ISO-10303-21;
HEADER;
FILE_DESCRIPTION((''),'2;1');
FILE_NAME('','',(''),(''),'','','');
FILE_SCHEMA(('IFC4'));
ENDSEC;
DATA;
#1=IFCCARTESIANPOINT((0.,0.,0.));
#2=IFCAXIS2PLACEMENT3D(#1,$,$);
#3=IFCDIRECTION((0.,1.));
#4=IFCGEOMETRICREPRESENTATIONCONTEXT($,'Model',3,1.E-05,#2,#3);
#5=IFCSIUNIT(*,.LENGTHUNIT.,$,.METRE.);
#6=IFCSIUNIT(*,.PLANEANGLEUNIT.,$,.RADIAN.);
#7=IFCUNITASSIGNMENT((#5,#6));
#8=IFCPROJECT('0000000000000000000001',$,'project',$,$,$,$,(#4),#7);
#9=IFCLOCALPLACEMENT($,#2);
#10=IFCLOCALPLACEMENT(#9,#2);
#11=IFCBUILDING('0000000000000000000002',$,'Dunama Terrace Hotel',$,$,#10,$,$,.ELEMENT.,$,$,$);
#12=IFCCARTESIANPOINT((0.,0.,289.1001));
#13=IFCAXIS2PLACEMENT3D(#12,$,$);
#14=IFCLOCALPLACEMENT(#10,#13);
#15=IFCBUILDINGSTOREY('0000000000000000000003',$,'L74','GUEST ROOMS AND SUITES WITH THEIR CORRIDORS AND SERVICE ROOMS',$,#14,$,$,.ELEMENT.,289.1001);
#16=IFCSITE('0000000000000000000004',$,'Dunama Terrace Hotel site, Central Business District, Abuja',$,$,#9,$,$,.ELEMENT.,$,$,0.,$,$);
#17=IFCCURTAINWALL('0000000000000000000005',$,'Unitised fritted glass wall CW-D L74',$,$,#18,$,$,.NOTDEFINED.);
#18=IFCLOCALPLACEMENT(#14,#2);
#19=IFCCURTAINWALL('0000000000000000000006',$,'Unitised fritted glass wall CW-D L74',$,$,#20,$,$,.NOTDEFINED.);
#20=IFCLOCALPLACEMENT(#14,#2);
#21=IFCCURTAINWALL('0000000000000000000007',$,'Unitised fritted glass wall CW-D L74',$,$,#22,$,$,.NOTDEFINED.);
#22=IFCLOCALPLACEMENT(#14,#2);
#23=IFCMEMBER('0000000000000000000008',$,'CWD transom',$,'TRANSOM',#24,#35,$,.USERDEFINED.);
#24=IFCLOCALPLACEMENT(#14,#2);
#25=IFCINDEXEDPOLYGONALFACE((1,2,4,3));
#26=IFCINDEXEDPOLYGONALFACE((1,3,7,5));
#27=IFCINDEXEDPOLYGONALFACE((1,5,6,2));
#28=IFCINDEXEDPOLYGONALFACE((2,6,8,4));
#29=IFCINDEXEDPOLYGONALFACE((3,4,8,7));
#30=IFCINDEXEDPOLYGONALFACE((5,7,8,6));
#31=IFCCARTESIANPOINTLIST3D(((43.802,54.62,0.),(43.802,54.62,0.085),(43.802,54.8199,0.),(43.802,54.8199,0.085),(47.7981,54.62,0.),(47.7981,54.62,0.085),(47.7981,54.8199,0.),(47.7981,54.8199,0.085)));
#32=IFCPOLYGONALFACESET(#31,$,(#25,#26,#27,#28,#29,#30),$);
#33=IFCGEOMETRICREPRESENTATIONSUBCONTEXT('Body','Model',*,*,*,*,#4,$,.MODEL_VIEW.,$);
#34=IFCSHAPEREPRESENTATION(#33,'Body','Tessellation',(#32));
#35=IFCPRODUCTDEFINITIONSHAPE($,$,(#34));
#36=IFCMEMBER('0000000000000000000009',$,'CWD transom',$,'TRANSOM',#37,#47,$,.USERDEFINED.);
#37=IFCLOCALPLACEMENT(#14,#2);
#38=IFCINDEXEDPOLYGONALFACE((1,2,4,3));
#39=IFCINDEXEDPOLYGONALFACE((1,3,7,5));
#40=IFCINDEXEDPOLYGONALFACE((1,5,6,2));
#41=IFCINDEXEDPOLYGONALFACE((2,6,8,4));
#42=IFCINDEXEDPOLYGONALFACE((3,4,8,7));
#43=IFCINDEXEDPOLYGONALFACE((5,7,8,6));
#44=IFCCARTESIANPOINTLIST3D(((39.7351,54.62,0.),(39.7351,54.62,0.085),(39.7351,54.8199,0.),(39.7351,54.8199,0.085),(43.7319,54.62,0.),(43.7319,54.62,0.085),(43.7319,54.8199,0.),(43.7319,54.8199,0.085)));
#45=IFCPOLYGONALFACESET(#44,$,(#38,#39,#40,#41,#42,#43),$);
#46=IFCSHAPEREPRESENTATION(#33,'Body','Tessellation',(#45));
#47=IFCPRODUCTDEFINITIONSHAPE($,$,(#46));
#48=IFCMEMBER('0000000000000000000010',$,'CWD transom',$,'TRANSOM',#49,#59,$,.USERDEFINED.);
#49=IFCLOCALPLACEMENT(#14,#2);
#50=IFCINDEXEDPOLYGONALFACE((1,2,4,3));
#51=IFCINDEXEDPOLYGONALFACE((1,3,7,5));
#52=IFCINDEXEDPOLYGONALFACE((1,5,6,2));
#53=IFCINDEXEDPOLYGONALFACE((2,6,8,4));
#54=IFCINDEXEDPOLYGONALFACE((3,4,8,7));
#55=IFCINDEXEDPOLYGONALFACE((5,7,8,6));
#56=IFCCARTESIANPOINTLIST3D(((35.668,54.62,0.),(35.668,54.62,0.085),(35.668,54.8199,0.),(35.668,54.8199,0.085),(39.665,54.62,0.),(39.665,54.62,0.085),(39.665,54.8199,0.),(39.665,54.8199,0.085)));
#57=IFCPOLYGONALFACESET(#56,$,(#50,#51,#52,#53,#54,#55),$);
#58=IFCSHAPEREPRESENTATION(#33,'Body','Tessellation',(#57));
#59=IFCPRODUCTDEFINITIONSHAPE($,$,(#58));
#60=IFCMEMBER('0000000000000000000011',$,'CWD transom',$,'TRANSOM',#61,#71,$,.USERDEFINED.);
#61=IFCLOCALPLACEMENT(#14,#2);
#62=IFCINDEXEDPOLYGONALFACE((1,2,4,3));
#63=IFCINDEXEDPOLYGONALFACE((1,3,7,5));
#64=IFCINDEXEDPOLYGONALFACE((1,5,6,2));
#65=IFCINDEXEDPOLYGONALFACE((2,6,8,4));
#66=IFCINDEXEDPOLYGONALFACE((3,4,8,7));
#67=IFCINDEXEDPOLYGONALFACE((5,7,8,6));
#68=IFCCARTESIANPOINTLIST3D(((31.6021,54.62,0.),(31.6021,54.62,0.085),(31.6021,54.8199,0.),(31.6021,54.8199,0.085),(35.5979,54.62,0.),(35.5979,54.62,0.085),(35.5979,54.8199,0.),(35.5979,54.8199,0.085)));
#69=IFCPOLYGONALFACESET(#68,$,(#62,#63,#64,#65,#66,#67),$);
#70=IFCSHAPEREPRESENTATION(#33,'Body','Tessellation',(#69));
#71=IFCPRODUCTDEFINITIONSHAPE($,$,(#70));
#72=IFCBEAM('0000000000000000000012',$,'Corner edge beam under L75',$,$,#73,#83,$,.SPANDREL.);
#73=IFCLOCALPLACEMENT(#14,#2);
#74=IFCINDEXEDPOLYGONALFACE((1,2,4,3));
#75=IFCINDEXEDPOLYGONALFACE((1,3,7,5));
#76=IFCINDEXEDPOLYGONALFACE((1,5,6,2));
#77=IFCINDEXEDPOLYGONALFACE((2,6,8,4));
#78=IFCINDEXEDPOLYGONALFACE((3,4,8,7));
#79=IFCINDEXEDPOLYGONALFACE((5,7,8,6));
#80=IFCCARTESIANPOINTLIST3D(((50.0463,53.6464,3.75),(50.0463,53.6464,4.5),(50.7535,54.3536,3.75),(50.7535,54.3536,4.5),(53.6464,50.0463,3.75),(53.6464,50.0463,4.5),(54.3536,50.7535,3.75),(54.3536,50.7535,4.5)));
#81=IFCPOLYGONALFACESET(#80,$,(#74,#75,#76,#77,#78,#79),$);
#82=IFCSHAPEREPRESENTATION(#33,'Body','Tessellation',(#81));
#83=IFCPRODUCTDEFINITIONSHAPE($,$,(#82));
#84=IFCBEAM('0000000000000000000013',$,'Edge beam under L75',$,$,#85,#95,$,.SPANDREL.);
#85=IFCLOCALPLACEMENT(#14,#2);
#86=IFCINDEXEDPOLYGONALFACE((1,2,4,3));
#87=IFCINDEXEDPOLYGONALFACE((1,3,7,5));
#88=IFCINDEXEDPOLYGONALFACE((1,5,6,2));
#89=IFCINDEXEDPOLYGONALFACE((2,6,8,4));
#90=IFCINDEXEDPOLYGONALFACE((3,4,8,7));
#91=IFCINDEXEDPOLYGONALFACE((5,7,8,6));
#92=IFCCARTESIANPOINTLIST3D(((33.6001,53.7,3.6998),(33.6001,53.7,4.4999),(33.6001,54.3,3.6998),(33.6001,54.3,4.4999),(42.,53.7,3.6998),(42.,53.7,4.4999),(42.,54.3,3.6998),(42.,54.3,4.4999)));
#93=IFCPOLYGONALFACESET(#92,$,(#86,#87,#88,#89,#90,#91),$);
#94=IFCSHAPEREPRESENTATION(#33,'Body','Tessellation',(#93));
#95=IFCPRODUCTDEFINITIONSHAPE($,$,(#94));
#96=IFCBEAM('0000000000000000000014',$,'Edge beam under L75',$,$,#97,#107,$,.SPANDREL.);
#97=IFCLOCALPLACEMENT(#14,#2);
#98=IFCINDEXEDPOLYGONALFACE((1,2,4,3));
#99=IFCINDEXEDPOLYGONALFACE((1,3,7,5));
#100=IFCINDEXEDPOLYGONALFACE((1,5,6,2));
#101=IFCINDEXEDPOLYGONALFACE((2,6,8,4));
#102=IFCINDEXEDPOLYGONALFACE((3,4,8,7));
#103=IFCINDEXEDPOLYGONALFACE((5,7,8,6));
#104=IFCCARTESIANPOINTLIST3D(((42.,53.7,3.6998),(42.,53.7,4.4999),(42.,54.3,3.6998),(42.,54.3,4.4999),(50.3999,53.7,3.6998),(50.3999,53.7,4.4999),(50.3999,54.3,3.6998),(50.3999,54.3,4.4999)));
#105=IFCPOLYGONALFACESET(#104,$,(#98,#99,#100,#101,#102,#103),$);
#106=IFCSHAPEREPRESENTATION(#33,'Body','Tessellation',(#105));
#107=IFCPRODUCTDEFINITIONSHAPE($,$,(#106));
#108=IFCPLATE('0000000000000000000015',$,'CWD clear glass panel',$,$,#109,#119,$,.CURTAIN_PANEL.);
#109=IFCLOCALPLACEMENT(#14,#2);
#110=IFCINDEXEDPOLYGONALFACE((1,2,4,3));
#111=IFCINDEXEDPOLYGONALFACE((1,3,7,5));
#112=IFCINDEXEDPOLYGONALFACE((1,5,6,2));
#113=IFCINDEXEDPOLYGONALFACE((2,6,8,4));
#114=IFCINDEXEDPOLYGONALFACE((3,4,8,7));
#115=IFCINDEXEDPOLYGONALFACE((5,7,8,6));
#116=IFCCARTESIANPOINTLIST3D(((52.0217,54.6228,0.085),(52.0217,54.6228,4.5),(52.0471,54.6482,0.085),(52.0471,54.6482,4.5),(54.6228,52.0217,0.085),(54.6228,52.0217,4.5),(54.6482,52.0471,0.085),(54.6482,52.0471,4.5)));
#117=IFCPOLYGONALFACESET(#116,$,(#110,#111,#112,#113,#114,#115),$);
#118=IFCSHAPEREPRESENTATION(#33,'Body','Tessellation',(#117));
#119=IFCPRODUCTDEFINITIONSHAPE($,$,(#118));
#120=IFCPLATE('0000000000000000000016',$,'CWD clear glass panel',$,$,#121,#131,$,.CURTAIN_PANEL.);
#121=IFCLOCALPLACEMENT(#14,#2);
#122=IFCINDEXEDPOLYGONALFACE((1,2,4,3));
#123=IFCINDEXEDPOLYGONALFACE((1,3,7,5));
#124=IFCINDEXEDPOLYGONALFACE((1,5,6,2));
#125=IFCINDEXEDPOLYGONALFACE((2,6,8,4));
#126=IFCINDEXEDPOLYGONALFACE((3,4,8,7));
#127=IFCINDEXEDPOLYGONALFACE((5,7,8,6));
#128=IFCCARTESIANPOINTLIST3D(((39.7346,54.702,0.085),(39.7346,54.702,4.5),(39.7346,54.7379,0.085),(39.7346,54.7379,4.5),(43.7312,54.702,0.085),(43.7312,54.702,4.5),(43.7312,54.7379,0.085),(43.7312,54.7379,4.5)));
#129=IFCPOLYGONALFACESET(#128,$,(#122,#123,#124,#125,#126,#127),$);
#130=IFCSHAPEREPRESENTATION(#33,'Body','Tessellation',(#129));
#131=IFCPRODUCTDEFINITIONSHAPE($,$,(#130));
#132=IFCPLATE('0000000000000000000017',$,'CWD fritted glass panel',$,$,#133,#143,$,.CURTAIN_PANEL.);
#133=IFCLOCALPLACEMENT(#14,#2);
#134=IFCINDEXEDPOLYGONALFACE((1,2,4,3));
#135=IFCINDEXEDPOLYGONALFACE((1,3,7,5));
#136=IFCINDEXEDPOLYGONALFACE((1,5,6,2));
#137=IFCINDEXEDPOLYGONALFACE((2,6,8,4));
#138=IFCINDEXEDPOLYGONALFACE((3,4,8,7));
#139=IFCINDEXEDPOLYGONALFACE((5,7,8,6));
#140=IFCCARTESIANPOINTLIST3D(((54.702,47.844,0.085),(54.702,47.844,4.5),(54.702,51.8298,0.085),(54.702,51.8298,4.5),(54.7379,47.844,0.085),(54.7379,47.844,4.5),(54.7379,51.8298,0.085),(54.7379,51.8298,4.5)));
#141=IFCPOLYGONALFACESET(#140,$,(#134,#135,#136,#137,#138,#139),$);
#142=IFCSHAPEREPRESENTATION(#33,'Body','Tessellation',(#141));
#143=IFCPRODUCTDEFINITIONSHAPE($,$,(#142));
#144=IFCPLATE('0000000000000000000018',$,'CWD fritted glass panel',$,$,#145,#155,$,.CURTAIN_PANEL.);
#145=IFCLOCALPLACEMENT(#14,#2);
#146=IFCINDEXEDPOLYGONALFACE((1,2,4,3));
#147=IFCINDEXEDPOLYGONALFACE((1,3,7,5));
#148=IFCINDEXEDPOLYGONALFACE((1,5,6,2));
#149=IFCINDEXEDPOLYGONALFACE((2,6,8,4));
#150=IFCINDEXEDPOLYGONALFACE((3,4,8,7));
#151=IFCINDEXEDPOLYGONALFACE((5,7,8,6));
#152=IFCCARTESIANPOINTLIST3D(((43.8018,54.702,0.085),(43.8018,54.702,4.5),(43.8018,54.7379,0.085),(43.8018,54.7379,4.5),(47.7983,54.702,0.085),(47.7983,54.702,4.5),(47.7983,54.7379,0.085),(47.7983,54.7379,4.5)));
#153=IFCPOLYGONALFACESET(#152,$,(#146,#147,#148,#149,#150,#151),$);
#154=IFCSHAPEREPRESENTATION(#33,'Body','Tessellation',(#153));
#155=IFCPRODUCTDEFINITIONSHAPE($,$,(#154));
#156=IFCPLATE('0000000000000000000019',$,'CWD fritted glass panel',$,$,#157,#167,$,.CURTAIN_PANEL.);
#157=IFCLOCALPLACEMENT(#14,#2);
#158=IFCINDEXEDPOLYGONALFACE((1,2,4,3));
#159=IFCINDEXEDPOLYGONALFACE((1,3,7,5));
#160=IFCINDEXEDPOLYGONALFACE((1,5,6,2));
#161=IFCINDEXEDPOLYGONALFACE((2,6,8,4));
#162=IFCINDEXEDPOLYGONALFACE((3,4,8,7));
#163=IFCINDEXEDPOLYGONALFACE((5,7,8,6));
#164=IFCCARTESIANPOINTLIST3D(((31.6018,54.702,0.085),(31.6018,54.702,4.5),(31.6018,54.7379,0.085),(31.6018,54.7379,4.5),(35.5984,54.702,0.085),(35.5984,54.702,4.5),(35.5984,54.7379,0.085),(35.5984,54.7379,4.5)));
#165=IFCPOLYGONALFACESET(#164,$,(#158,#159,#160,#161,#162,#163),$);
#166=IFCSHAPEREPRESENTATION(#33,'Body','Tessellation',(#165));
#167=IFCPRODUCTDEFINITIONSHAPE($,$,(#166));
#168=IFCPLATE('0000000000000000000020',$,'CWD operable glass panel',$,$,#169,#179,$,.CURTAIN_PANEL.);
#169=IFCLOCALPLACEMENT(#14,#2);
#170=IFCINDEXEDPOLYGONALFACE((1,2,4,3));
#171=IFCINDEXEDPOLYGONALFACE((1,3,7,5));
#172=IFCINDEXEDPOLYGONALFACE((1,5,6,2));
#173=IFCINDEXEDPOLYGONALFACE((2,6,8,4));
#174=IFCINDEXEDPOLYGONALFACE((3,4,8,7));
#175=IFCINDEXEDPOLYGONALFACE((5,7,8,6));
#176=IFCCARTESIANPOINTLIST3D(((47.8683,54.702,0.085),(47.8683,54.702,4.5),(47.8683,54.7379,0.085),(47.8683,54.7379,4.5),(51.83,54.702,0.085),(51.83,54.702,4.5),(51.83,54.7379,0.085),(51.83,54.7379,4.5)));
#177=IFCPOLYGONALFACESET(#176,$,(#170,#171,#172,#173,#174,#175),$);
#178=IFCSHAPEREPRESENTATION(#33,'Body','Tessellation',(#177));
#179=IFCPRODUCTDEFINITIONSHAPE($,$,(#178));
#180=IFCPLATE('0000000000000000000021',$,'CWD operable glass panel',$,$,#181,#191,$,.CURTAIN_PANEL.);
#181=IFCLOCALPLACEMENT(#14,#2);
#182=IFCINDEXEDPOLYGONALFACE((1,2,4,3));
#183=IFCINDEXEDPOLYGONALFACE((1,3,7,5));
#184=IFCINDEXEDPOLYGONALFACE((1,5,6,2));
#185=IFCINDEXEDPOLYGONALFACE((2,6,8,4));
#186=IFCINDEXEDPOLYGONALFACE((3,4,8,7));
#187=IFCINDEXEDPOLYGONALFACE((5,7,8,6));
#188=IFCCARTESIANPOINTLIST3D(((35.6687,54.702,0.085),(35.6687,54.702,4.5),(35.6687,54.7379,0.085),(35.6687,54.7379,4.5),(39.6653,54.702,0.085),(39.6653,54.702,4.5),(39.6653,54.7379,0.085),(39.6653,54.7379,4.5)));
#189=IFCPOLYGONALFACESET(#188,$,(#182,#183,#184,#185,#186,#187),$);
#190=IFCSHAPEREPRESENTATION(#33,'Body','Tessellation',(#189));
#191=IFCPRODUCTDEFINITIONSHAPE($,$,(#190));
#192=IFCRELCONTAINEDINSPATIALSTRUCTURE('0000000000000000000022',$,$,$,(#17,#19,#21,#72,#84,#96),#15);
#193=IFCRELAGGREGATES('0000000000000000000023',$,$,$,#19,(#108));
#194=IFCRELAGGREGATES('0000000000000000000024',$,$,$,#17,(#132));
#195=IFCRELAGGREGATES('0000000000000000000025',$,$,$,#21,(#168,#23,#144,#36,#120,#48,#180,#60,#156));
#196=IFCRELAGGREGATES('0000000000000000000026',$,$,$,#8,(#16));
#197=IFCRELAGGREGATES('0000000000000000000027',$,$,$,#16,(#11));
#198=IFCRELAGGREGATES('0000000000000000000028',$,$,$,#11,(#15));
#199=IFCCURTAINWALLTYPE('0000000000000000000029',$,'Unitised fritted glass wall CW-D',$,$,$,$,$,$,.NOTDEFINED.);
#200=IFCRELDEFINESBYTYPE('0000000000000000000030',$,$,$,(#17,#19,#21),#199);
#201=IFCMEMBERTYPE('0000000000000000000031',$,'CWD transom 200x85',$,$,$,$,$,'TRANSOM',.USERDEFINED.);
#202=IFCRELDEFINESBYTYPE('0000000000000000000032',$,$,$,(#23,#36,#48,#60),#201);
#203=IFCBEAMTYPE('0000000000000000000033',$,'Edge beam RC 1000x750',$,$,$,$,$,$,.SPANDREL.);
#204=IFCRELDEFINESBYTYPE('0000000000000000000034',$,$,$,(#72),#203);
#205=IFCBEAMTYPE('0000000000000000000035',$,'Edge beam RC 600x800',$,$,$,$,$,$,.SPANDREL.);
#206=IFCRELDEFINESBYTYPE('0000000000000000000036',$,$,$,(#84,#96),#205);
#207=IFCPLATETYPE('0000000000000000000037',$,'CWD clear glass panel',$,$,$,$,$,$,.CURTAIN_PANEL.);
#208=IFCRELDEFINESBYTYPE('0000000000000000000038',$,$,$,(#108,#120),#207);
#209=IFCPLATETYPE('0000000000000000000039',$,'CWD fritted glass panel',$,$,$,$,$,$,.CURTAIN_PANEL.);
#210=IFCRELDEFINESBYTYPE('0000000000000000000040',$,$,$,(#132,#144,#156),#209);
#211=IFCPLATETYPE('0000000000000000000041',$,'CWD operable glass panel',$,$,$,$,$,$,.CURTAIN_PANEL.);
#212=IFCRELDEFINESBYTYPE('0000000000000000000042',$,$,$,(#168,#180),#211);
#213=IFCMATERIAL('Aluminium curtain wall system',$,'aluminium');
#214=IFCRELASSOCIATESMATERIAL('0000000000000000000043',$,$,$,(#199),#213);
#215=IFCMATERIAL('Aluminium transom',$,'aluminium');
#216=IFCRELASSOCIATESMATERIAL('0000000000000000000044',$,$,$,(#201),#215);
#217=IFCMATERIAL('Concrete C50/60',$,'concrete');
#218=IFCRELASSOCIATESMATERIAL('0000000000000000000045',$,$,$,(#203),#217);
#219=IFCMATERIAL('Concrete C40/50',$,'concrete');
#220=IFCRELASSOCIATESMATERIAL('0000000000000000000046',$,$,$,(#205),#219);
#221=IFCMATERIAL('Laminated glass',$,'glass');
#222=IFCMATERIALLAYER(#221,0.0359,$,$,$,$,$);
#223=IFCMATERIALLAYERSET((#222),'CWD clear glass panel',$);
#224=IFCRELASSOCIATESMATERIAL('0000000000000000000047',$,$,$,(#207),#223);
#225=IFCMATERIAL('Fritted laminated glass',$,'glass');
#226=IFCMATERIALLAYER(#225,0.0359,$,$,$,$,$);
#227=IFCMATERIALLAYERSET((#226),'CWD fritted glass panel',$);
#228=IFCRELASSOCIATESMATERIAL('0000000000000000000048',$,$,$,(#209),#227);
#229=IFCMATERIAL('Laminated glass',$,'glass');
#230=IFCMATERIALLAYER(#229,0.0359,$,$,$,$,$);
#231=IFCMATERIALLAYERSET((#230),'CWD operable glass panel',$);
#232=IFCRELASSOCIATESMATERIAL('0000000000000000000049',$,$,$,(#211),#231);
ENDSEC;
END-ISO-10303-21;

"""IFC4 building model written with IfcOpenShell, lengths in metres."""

from ifc_helpers import new_model, si_unit, direction, frame, origin, origin_2d, place, context, subcontext, project, spatial, rectangle, extrude, material, layer, layer_set, material_profile, profile_set, type_object, element, aggregate, save


model = new_model("IFC4")

# Units and contexts
model_context = context("Model", 3, precision=1e-05, world=origin(), true_north=direction((0.0, 1.0)))
body_context = subcontext(model_context, "Body", "Model", "MODEL_VIEW")
ifc_project = project(units=[si_unit("LENGTHUNIT", "METRE"), si_unit("PLANEANGLEUNIT", "RADIAN")], contexts=[model_context])

# Site, building, storey
site_placement = place(None, origin())
site = spatial("IfcSite", under=ifc_project, at=site_placement, Name="Dunama Terrace Hotel site, Central Business District, Abuja", CompositionType="ELEMENT", RefElevation=0.0)
building_placement = place(site_placement, origin())
building = spatial("IfcBuilding", under=site, at=building_placement, Name="Dunama Terrace Hotel", CompositionType="ELEMENT")
storey_placement = place(building_placement, frame((0.0, 0.0, 289.1001)))
storey = spatial("IfcBuildingStorey", under=building, at=storey_placement, Name="L74", Description="GUEST ROOMS AND SUITES WITH THEIR CORRIDORS AND SERVICE ROOMS", CompositionType="ELEMENT", Elevation=289.1001)

# Curtain wall
ifc_material_1 = material(Name="Aluminium curtain wall system", Category="aluminium")
curtain_wall_type = type_object("IfcCurtainWallType", Name="Unitised fritted glass wall CW-D", PredefinedType="NOTDEFINED", material=ifc_material_1)
curtain_wall_1_placement = place(storey_placement, origin())
curtain_wall_1 = element("IfcCurtainWall", 1, at=curtain_wall_1_placement, inside=storey, type_object=curtain_wall_type, Name="Unitised fritted glass wall CW-D L74", PredefinedType="NOTDEFINED")

# Curtain walls
curtain_wall_2_placement = place(storey_placement, origin())
curtain_wall_2 = element("IfcCurtainWall", 2, at=curtain_wall_2_placement, inside=storey, type_object=curtain_wall_type, Name="Unitised fritted glass wall CW-D L74", PredefinedType="NOTDEFINED")
curtain_wall_3_placement = place(storey_placement, origin())
curtain_wall_3 = element("IfcCurtainWall", 3, at=curtain_wall_3_placement, inside=storey, type_object=curtain_wall_type, Name="Unitised fritted glass wall CW-D L74", PredefinedType="NOTDEFINED")

# Members
ifc_material_2 = material(Name="Aluminium transom", Category="aluminium")
ifc_material_profile_1 = material_profile(ifc_material_2, rectangle(XDim=0.2, YDim=0.085, at=origin_2d()), Name="CWD TRANSOM 200X85")
ifc_profile_set_1 = profile_set([ifc_material_profile_1], Name="Aluminium transom")
member_type_1 = type_object("IfcMemberType", Name="CWD transom 200x85", ElementType="TRANSOM", PredefinedType="USERDEFINED", material=ifc_profile_set_1)
member_1_placement = place(storey_placement, frame((47.7981, 54.72, 0.0425), z_axis=(-1.0, 0.0, 0.0), x_axis=(0.0, -1.0, 0.0)))
member_1 = element("IfcMember", 4, at=member_1_placement, type_object=member_type_1, Name="CWD transom", ObjectType="TRANSOM", PredefinedType="USERDEFINED", context=body_context, shape_type="SweptSolid", body=[
    extrude(rectangle(XDim=0.2, YDim=0.085, at=origin_2d()), origin(), (0.0, 0.0, 1.0), 3.9961),
])
member_2_placement = place(storey_placement, frame((43.7319, 54.72, 0.0425), z_axis=(-1.0, 0.0, 0.0), x_axis=(0.0, -1.0, 0.0)))
member_2 = element("IfcMember", 5, at=member_2_placement, type_object=member_type_1, Name="CWD transom", ObjectType="TRANSOM", PredefinedType="USERDEFINED", context=body_context, shape_type="SweptSolid", body=[
    extrude(rectangle(XDim=0.2, YDim=0.085, at=origin_2d()), origin(), (0.0, 0.0, 1.0), 3.9968),
])
member_3_placement = place(storey_placement, frame((39.665, 54.72, 0.0425), z_axis=(-1.0, 0.0, 0.0), x_axis=(0.0, -1.0, 0.0)))
member_3 = element("IfcMember", 6, at=member_3_placement, type_object=member_type_1, Name="CWD transom", ObjectType="TRANSOM", PredefinedType="USERDEFINED", context=body_context, shape_type="SweptSolid", body=[
    extrude(rectangle(XDim=0.2, YDim=0.085, at=origin_2d()), origin(), (0.0, 0.0, 1.0), 3.9971),
])
member_4_placement = place(storey_placement, frame((35.5979, 54.72, 0.0425), z_axis=(-1.0, 0.0, 0.0), x_axis=(0.0, -1.0, 0.0)))
member_4 = element("IfcMember", 7, at=member_4_placement, type_object=member_type_1, Name="CWD transom", ObjectType="TRANSOM", PredefinedType="USERDEFINED", context=body_context, shape_type="SweptSolid", body=[
    extrude(rectangle(XDim=0.2, YDim=0.085, at=origin_2d()), origin(), (0.0, 0.0, 1.0), 3.9958),
])

# Beams
ifc_material_3 = material(Name="Concrete C50/60", Category="concrete")
ifc_material_profile_2 = material_profile(ifc_material_3, rectangle(XDim=1.0, YDim=0.75, at=origin_2d()), Name="RC 1000x750")
ifc_profile_set_2 = profile_set([ifc_material_profile_2], Name="Concrete C50/60")
beam_type_1 = type_object("IfcBeamType", Name="Edge beam RC 1000x750", PredefinedType="SPANDREL", material=ifc_profile_set_2)
beam_placement = place(storey_placement, frame((50.3999, 54.0, 4.125), z_axis=(0.707107, -0.707107, 0.0), x_axis=(0.707107, 0.707107, 0.0)))
element("IfcBeam", 8, at=beam_placement, inside=storey, type_object=beam_type_1, Name="Corner edge beam under L75", PredefinedType="SPANDREL", context=body_context, shape_type="SweptSolid", body=[
    extrude(rectangle(XDim=1.0, YDim=0.75, at=origin_2d()), origin(), (0.0, 0.0, 1.0), 5.0913),
])
ifc_material_4 = material(Name="Concrete C40/50", Category="concrete")
ifc_material_profile_3 = material_profile(ifc_material_4, rectangle(XDim=0.6001, YDim=0.8, at=origin_2d()), Name="RC 600x800")
ifc_profile_set_3 = profile_set([ifc_material_profile_3], Name="Concrete C40/50")
beam_type_2 = type_object("IfcBeamType", Name="Edge beam RC 600x800", PredefinedType="SPANDREL", material=ifc_profile_set_3)
for number, where, z_axis, x_axis, name in (
    (9, (33.6001, 54.0, 4.0999), (1.0, 0.0, 0.0), (0.0, 1.0, 0.0), "Edge beam under L75"),
    (10, (42.0, 54.0, 4.0999), (1.0, 0.0, 0.0), (0.0, 1.0, 0.0), "Edge beam under L75"),
):
    element("IfcBeam", number, at=place(storey_placement, frame(where, z_axis=z_axis, x_axis=x_axis)), inside=storey, type_object=beam_type_2, Name=name, PredefinedType="SPANDREL", context=body_context, shape_type="SweptSolid", body=[
        extrude(rectangle(XDim=0.6001, YDim=0.8, at=origin_2d()), origin(), (0.0, 0.0, 1.0), 8.3999),
    ])

# Plates
ifc_material_5 = material(Name="Laminated glass", Category="glass")
ifc_layer_1 = layer(ifc_material_5, 0.0359)
ifc_layer_set_1 = layer_set([ifc_layer_1], Name="CWD clear glass panel")
plate_type_1 = type_object("IfcPlateType", Name="CWD clear glass panel", PredefinedType="CURTAIN_PANEL", material=ifc_layer_set_1)
plate_1_placement = place(storey_placement, frame((53.335, 53.335, 0.085), z_axis=(0.0, 0.0, 1.0), x_axis=(-0.707107, 0.707107, 0.0)))
plate_1 = element("IfcPlate", 11, at=plate_1_placement, type_object=plate_type_1, Name="CWD clear glass panel", PredefinedType="CURTAIN_PANEL", context=body_context, shape_type="SweptSolid", body=[
    extrude(rectangle(XDim=3.6785, YDim=0.0359, at=origin_2d()), origin(), (0.0, 0.0, 1.0), 4.415),
])
aggregate(curtain_wall_2, [plate_1])
plate_2_placement = place(storey_placement, frame((41.7329, 54.72, 0.085), z_axis=(0.0, 0.0, 1.0), x_axis=(-1.0, 0.0, 0.0)))
plate_2 = element("IfcPlate", 12, at=plate_2_placement, type_object=plate_type_1, Name="CWD clear glass panel", PredefinedType="CURTAIN_PANEL", context=body_context, shape_type="SweptSolid", body=[
    extrude(rectangle(XDim=3.9966, YDim=0.0359, at=origin_2d()), origin(), (0.0, 0.0, 1.0), 4.415),
])
ifc_material_6 = material(Name="Fritted laminated glass", Category="glass")
ifc_layer_2 = layer(ifc_material_6, 0.0359)
ifc_layer_set_2 = layer_set([ifc_layer_2], Name="CWD fritted glass panel")
plate_type_2 = type_object("IfcPlateType", Name="CWD fritted glass panel", PredefinedType="CURTAIN_PANEL", material=ifc_layer_set_2)
plate_3_placement = place(storey_placement, frame((54.72, 49.8369, 0.085), z_axis=(0.0, 0.0, 1.0), x_axis=(0.0, 1.0, 0.0)))
plate_3 = element("IfcPlate", 13, at=plate_3_placement, type_object=plate_type_2, Name="CWD fritted glass panel", PredefinedType="CURTAIN_PANEL", context=body_context, shape_type="SweptSolid", body=[
    extrude(rectangle(XDim=3.9858, YDim=0.0359, at=origin_2d()), origin(), (0.0, 0.0, 1.0), 4.415),
])
aggregate(curtain_wall_1, [plate_3])
plate_4_placement = place(storey_placement, frame((45.8, 54.72, 0.085), z_axis=(0.0, 0.0, 1.0), x_axis=(-1.0, 0.0, 0.0)))
plate_4 = element("IfcPlate", 14, at=plate_4_placement, type_object=plate_type_2, Name="CWD fritted glass panel", PredefinedType="CURTAIN_PANEL", context=body_context, shape_type="SweptSolid", body=[
    extrude(rectangle(XDim=3.9966, YDim=0.0359, at=origin_2d()), origin(), (0.0, 0.0, 1.0), 4.415),
])
plate_5_placement = place(storey_placement, frame((33.6001, 54.72, 0.085), z_axis=(0.0, 0.0, 1.0), x_axis=(-1.0, 0.0, 0.0)))
plate_5 = element("IfcPlate", 15, at=plate_5_placement, type_object=plate_type_2, Name="CWD fritted glass panel", PredefinedType="CURTAIN_PANEL", context=body_context, shape_type="SweptSolid", body=[
    extrude(rectangle(XDim=3.9966, YDim=0.0359, at=origin_2d()), origin(), (0.0, 0.0, 1.0), 4.415),
])
ifc_material_7 = material(Name="Laminated glass", Category="glass")
ifc_layer_3 = layer(ifc_material_7, 0.0359)
ifc_layer_set_3 = layer_set([ifc_layer_3], Name="CWD operable glass panel")
plate_type_3 = type_object("IfcPlateType", Name="CWD operable glass panel", PredefinedType="CURTAIN_PANEL", material=ifc_layer_set_3)
plate_6_placement = place(storey_placement, frame((49.8491, 54.72, 0.085), z_axis=(0.0, 0.0, 1.0), x_axis=(-1.0, 0.0, 0.0)))
plate_6 = element("IfcPlate", 16, at=plate_6_placement, type_object=plate_type_3, Name="CWD operable glass panel", PredefinedType="CURTAIN_PANEL", context=body_context, shape_type="SweptSolid", body=[
    extrude(rectangle(XDim=3.9617, YDim=0.0359, at=origin_2d()), origin(), (0.0, 0.0, 1.0), 4.415),
])
plate_7_placement = place(storey_placement, frame((37.667, 54.72, 0.085), z_axis=(0.0, 0.0, 1.0), x_axis=(-1.0, 0.0, 0.0)))
plate_7 = element("IfcPlate", 17, at=plate_7_placement, type_object=plate_type_3, Name="CWD operable glass panel", PredefinedType="CURTAIN_PANEL", context=body_context, shape_type="SweptSolid", body=[
    extrude(rectangle(XDim=3.9966, YDim=0.0359, at=origin_2d()), origin(), (0.0, 0.0, 1.0), 4.415),
])
aggregate(curtain_wall_3, [plate_6, member_1, plate_4, member_2, plate_2, member_3, plate_7, member_4, plate_5])

save(model, "model.ifc")
